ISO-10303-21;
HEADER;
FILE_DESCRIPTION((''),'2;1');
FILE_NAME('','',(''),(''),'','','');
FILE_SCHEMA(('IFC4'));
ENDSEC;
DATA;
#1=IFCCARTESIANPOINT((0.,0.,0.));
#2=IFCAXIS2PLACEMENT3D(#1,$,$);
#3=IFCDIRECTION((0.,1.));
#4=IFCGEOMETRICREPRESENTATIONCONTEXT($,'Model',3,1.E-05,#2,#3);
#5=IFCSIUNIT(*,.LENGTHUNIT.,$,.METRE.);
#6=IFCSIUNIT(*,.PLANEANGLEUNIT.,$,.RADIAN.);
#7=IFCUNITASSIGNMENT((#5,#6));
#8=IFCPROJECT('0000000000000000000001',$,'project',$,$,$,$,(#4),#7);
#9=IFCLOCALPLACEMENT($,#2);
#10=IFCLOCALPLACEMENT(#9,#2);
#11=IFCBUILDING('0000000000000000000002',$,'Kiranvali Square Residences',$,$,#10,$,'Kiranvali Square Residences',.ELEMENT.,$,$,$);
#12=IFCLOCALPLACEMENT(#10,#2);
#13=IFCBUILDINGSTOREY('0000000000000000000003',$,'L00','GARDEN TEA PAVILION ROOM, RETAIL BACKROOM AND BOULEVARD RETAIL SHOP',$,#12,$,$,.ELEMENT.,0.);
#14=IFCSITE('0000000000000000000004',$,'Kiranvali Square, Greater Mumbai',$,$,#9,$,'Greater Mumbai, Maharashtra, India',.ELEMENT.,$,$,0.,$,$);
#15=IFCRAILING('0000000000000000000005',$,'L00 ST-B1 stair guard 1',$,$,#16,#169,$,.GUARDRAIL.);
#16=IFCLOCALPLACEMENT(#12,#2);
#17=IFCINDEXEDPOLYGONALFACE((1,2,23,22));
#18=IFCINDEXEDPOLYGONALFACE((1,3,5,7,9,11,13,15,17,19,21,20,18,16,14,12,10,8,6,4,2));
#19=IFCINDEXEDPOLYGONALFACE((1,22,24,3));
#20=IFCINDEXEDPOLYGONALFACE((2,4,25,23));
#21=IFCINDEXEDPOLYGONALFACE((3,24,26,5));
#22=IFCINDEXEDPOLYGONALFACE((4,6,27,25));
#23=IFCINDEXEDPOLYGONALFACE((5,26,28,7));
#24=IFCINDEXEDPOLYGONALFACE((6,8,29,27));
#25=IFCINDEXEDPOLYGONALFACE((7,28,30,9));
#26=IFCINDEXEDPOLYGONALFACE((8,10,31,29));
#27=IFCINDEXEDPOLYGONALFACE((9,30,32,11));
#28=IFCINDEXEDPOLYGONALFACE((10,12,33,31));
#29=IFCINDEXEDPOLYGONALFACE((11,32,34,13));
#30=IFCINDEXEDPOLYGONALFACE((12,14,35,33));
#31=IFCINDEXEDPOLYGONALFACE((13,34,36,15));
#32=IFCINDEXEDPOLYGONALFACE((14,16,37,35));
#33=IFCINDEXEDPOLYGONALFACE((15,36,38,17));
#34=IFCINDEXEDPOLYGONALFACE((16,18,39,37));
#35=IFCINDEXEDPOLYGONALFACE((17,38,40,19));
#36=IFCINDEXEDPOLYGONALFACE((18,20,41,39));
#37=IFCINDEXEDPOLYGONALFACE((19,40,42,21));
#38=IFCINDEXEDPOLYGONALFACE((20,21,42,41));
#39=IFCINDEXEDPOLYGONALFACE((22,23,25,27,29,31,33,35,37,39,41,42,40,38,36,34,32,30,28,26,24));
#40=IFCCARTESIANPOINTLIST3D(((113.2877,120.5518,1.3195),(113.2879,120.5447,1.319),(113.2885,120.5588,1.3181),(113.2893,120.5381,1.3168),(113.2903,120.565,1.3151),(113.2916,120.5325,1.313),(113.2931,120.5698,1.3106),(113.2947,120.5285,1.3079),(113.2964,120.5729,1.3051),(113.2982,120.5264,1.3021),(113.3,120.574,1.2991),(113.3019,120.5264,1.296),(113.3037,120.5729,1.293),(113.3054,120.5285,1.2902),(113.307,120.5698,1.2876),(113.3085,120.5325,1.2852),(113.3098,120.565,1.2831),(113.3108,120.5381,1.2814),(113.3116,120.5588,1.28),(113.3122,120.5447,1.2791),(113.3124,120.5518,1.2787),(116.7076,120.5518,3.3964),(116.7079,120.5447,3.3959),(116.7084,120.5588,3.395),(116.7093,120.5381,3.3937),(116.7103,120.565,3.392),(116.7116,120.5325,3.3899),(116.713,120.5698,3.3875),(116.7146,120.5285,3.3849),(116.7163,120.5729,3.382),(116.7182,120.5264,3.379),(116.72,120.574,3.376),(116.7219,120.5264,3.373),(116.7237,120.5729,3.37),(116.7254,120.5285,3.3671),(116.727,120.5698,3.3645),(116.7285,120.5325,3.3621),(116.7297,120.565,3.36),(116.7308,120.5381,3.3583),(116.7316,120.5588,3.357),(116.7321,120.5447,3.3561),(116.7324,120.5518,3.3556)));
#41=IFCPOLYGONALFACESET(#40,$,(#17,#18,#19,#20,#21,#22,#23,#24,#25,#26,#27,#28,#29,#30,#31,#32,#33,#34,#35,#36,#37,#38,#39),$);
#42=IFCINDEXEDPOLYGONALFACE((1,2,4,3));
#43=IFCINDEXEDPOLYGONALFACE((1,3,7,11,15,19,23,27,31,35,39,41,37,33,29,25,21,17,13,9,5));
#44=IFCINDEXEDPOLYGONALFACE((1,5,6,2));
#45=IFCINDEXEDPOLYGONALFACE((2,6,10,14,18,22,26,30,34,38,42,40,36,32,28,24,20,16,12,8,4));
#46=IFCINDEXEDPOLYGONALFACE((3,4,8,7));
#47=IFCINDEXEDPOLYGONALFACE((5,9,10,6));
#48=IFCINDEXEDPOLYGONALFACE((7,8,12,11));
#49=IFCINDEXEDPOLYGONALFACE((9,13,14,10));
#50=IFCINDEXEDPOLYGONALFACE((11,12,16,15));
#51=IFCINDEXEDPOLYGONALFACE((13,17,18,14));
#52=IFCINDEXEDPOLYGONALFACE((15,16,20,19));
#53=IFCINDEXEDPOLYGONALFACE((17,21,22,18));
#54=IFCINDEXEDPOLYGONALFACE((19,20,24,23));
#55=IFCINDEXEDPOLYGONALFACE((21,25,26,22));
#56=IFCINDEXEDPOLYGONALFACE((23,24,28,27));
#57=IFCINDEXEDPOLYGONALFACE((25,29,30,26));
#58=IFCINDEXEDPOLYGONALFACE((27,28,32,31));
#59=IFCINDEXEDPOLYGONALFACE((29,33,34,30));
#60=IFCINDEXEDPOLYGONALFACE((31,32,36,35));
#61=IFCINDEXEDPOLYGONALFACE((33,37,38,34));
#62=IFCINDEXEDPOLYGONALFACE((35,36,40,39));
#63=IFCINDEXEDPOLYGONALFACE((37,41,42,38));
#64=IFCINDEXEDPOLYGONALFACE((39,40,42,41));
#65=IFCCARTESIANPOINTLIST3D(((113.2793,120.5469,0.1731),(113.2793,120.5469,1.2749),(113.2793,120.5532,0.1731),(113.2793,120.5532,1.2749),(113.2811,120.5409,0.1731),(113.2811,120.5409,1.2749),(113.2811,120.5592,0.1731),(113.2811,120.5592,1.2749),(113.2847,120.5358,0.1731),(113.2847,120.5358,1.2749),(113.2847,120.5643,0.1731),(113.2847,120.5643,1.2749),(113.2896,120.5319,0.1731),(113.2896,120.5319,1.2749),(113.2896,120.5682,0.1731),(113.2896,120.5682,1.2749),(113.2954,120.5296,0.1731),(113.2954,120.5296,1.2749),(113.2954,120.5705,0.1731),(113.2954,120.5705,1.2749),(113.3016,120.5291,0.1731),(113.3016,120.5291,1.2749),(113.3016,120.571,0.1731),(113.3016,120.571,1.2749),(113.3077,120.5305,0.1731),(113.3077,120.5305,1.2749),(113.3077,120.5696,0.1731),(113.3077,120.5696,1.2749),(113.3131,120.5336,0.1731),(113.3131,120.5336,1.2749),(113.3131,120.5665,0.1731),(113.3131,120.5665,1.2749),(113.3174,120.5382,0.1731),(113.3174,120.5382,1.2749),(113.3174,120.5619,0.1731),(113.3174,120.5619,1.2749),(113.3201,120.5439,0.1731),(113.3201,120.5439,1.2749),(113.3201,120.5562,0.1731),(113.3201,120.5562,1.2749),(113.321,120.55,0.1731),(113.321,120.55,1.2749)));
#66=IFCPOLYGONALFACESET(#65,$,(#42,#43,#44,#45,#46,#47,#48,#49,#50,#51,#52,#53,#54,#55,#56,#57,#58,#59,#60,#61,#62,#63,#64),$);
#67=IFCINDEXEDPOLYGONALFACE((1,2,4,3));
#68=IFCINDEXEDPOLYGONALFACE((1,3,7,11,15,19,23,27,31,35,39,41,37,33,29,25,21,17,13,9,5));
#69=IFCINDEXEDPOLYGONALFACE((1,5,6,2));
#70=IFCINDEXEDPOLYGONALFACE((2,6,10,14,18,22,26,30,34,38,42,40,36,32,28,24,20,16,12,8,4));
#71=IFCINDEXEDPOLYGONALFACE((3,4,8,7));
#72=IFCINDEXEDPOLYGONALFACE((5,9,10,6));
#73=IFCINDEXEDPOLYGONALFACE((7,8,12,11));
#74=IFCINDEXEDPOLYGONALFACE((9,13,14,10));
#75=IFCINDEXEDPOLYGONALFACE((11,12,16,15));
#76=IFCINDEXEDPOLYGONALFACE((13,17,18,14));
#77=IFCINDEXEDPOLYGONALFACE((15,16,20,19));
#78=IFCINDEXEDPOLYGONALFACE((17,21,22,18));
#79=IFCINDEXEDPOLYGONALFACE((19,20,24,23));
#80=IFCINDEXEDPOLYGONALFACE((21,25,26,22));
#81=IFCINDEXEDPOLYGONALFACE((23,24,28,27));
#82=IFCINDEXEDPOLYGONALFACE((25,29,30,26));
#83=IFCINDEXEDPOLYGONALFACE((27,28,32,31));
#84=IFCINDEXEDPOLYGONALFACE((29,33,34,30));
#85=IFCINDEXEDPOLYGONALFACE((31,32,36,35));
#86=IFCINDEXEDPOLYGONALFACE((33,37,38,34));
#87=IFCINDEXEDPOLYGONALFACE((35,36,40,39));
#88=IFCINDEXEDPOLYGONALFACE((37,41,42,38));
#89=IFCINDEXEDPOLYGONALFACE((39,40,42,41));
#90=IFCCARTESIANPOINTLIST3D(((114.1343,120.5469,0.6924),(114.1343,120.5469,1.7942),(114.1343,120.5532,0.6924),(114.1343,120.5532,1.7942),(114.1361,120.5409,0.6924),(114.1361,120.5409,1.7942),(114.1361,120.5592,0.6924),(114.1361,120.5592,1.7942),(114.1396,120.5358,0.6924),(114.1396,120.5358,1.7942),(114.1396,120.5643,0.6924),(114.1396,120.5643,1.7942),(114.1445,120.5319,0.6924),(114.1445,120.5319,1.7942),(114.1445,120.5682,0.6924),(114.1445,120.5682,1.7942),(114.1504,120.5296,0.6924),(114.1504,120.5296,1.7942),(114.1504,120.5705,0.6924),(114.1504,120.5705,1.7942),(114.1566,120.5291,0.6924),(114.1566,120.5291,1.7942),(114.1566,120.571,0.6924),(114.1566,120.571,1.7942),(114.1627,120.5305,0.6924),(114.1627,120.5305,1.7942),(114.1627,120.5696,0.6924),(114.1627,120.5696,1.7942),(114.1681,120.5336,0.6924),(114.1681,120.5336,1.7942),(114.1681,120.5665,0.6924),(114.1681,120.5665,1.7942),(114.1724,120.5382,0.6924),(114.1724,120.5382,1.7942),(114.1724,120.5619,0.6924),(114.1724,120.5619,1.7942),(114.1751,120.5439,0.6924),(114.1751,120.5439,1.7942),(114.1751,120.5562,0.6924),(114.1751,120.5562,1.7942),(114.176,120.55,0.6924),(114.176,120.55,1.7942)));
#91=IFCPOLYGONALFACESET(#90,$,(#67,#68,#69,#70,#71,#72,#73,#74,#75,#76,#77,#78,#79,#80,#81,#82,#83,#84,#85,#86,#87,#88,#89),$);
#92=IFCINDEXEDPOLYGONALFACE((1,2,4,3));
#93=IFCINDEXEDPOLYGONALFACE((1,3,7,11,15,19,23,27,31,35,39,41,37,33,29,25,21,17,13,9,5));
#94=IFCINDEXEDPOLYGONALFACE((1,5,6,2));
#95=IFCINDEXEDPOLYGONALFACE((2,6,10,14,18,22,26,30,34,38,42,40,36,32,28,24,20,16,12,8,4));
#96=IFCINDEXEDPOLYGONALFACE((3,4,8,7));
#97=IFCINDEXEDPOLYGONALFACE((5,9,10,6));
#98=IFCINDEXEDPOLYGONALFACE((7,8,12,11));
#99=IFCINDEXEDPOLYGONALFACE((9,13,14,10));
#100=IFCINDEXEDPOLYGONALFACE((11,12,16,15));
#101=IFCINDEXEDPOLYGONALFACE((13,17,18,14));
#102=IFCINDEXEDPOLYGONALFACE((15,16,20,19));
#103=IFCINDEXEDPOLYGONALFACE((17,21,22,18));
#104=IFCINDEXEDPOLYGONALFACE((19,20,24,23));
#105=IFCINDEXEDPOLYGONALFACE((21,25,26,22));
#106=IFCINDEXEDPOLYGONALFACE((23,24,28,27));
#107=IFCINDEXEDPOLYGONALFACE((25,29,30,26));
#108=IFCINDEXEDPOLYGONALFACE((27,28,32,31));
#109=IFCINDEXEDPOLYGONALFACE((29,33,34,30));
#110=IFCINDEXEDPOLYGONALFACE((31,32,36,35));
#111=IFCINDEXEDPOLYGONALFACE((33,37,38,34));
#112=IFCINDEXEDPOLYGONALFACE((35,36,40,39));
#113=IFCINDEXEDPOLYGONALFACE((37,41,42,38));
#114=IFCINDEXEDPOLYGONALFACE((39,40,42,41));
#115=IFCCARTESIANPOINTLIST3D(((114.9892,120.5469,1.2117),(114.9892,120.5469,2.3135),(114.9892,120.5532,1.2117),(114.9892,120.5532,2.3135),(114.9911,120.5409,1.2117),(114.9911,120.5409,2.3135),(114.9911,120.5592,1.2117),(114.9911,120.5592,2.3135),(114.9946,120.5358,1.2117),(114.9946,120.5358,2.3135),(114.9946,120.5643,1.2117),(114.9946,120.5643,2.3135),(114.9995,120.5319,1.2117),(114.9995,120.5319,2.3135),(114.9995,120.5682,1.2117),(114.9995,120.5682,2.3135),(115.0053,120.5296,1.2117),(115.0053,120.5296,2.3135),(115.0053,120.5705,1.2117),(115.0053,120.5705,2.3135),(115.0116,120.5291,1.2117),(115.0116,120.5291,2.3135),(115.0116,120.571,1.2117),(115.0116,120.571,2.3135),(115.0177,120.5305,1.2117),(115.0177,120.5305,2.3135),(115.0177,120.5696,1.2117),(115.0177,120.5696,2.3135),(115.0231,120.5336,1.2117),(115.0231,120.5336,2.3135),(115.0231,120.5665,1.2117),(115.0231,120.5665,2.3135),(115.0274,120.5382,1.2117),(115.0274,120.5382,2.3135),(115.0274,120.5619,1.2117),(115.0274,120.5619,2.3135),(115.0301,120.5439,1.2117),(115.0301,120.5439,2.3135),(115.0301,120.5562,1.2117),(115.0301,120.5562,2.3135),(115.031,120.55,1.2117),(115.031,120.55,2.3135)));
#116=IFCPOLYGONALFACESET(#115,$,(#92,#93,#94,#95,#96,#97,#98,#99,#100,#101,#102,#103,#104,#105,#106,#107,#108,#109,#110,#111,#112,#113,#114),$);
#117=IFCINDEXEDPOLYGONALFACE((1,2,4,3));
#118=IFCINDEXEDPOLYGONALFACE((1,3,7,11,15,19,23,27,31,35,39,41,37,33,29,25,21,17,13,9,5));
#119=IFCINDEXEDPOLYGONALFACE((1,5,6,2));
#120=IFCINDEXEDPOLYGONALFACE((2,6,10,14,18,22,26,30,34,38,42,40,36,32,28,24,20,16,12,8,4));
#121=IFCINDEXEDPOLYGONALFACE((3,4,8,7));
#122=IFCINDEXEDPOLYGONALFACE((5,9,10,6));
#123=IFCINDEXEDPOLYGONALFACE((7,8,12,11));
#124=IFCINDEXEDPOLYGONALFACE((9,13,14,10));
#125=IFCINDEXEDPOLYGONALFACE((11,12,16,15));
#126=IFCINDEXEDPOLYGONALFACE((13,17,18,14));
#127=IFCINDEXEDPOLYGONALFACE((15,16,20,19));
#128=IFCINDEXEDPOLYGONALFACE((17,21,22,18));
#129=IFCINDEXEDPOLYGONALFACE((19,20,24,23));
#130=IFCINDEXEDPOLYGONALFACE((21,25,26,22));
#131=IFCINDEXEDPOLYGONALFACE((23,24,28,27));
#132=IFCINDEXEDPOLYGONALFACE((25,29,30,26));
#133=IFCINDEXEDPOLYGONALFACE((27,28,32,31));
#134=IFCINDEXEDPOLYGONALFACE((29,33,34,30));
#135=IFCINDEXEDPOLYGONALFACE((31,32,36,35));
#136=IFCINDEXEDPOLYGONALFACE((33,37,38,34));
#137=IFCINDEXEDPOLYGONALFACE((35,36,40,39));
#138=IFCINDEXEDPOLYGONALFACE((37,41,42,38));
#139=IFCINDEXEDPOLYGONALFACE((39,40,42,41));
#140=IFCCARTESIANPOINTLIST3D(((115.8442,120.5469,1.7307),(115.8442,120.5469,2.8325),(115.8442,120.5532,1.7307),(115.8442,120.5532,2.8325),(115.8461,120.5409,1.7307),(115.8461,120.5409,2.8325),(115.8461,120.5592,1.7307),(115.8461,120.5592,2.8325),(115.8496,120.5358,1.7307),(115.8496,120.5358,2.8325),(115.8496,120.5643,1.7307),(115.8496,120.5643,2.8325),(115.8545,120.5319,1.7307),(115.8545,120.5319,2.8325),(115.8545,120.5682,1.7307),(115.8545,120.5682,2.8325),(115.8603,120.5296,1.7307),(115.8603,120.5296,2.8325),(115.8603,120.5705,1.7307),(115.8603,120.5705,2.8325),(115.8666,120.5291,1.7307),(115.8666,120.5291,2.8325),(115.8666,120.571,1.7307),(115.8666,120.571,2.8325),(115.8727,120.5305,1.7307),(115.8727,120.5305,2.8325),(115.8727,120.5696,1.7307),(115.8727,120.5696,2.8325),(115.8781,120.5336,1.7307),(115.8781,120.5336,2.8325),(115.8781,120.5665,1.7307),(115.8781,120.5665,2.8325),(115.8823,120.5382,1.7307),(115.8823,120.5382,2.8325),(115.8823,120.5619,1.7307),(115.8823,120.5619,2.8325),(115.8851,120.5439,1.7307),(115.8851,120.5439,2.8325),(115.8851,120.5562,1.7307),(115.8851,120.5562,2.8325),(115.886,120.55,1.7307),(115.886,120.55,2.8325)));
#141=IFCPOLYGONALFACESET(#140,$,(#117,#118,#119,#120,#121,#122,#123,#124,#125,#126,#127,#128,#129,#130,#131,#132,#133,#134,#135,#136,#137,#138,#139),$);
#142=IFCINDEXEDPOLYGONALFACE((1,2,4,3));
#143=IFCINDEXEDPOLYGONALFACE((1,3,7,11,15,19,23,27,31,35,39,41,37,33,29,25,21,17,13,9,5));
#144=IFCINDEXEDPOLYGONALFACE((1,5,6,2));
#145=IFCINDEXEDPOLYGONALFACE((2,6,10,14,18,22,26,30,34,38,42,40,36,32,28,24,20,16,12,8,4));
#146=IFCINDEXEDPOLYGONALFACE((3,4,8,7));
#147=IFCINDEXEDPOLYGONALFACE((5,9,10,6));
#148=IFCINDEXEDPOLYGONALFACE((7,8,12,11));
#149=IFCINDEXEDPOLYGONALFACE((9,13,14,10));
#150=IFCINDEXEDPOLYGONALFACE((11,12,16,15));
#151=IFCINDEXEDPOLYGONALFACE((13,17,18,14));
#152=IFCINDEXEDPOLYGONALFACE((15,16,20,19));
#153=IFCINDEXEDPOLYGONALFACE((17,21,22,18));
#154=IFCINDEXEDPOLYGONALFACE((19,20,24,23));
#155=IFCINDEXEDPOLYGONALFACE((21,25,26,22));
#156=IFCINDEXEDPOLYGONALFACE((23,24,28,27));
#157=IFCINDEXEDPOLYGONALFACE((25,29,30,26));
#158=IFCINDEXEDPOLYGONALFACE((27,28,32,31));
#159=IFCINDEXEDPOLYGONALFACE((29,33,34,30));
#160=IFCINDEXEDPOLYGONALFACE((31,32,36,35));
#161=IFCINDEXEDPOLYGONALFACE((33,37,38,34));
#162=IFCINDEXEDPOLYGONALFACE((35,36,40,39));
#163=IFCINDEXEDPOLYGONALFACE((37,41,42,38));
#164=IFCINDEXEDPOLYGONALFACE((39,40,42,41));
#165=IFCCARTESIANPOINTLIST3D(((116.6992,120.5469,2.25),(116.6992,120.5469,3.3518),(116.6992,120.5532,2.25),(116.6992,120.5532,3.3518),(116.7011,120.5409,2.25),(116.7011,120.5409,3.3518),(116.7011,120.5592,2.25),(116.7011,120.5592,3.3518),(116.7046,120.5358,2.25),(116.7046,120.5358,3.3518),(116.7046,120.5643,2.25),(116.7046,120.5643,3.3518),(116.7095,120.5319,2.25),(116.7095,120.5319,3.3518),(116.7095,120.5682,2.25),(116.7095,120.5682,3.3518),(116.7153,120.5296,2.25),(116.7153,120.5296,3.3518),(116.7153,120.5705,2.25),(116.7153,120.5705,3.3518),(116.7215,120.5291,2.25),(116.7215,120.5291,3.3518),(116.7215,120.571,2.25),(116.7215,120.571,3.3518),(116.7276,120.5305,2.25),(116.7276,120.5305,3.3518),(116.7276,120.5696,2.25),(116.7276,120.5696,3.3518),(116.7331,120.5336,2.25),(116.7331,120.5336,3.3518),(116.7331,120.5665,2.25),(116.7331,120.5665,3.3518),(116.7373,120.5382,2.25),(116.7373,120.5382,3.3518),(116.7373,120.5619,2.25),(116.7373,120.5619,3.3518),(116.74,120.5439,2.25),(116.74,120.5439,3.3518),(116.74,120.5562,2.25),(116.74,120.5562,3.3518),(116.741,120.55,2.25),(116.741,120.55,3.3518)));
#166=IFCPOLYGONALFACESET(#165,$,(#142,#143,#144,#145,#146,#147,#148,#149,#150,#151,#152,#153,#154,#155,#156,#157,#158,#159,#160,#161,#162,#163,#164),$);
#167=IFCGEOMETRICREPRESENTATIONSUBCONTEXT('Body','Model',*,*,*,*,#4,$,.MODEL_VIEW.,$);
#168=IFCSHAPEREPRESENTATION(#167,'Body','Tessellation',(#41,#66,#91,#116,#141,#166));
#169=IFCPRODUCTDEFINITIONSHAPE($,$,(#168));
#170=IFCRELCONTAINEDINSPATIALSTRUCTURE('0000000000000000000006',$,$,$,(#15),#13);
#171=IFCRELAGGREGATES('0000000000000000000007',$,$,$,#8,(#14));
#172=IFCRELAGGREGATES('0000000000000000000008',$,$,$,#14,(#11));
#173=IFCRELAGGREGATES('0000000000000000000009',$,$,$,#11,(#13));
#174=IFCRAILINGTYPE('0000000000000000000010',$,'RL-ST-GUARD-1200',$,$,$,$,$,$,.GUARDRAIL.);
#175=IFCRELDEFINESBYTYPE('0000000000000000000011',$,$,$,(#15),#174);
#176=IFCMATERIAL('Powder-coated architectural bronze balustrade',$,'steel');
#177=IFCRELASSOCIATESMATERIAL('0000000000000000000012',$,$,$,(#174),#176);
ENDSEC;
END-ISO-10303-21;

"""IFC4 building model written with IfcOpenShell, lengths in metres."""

from ifc_helpers import new_model, si_unit, direction, frame, origin, origin_2d, place, context, subcontext, project, spatial, circle, extrude, material, type_object, element, save


model = new_model("IFC4")

# Units and contexts
model_context = context("Model", 3, precision=1e-05, world=origin(), true_north=direction((0.0, 1.0)))
body_context = subcontext(model_context, "Body", "Model", "MODEL_VIEW")
ifc_project = project(units=[si_unit("LENGTHUNIT", "METRE"), si_unit("PLANEANGLEUNIT", "RADIAN")], contexts=[model_context])

# Site, building, storey
site_placement = place(None, origin())
site = spatial("IfcSite", under=ifc_project, at=site_placement, Name="Kiranvali Square, Greater Mumbai", LongName="Greater Mumbai, Maharashtra, India", CompositionType="ELEMENT", RefElevation=0.0)
building_placement = place(site_placement, origin())
building = spatial("IfcBuilding", under=site, at=building_placement, Name="Kiranvali Square Residences", LongName="Kiranvali Square Residences", CompositionType="ELEMENT")
storey_placement = place(building_placement, origin())
storey = spatial("IfcBuildingStorey", under=building, at=storey_placement, Name="L00", Description="GARDEN TEA PAVILION ROOM, RETAIL BACKROOM AND BOULEVARD RETAIL SHOP", CompositionType="ELEMENT", Elevation=0.0)

# Railing
ifc_material_1 = material(Name="Powder-coated architectural bronze balustrade", Category="steel")
railing_type_1 = type_object("IfcRailingType", Name="RL-ST-GUARD-1200", PredefinedType="GUARDRAIL", material=ifc_material_1)
railing_1_placement = place(storey_placement, frame((113.3, 120.55, 0.1731)))
element("IfcRailing", 1, at=railing_1_placement, inside=storey, type_object=railing_type_1, Name="L00 ST-B1 stair guard 1", PredefinedType="GUARDRAIL", context=body_context, shape_type="SweptSolid", body=[
    extrude(circle(Radius=0.0239, at=origin_2d()), frame((0.0, 0.0, 1.126), z_axis=(0.85473, 0.0, 0.519074), x_axis=(0.0, 1.0, 0.0)), (0.0, 0.0, 1.0), 4.0012),
    extrude(circle(Radius=0.021, at=origin_2d()), origin(), (0.0, 0.0, 1.0), 1.1018),
    extrude(circle(Radius=0.021, at=origin_2d()), frame((0.855, 0.0, 0.5193)), (0.0, 0.0, 1.0), 1.1018),
    extrude(circle(Radius=0.021, at=origin_2d()), frame((1.71, 0.0, 1.0386)), (0.0, 0.0, 1.0), 1.1018),
    extrude(circle(Radius=0.021, at=origin_2d()), frame((2.5649, 0.0, 1.5576)), (0.0, 0.0, 1.0), 1.1018),
    extrude(circle(Radius=0.021, at=origin_2d()), frame((3.4199, 0.0, 2.0769)), (0.0, 0.0, 1.0), 1.1018),
])

save(model, "model.ifc")
